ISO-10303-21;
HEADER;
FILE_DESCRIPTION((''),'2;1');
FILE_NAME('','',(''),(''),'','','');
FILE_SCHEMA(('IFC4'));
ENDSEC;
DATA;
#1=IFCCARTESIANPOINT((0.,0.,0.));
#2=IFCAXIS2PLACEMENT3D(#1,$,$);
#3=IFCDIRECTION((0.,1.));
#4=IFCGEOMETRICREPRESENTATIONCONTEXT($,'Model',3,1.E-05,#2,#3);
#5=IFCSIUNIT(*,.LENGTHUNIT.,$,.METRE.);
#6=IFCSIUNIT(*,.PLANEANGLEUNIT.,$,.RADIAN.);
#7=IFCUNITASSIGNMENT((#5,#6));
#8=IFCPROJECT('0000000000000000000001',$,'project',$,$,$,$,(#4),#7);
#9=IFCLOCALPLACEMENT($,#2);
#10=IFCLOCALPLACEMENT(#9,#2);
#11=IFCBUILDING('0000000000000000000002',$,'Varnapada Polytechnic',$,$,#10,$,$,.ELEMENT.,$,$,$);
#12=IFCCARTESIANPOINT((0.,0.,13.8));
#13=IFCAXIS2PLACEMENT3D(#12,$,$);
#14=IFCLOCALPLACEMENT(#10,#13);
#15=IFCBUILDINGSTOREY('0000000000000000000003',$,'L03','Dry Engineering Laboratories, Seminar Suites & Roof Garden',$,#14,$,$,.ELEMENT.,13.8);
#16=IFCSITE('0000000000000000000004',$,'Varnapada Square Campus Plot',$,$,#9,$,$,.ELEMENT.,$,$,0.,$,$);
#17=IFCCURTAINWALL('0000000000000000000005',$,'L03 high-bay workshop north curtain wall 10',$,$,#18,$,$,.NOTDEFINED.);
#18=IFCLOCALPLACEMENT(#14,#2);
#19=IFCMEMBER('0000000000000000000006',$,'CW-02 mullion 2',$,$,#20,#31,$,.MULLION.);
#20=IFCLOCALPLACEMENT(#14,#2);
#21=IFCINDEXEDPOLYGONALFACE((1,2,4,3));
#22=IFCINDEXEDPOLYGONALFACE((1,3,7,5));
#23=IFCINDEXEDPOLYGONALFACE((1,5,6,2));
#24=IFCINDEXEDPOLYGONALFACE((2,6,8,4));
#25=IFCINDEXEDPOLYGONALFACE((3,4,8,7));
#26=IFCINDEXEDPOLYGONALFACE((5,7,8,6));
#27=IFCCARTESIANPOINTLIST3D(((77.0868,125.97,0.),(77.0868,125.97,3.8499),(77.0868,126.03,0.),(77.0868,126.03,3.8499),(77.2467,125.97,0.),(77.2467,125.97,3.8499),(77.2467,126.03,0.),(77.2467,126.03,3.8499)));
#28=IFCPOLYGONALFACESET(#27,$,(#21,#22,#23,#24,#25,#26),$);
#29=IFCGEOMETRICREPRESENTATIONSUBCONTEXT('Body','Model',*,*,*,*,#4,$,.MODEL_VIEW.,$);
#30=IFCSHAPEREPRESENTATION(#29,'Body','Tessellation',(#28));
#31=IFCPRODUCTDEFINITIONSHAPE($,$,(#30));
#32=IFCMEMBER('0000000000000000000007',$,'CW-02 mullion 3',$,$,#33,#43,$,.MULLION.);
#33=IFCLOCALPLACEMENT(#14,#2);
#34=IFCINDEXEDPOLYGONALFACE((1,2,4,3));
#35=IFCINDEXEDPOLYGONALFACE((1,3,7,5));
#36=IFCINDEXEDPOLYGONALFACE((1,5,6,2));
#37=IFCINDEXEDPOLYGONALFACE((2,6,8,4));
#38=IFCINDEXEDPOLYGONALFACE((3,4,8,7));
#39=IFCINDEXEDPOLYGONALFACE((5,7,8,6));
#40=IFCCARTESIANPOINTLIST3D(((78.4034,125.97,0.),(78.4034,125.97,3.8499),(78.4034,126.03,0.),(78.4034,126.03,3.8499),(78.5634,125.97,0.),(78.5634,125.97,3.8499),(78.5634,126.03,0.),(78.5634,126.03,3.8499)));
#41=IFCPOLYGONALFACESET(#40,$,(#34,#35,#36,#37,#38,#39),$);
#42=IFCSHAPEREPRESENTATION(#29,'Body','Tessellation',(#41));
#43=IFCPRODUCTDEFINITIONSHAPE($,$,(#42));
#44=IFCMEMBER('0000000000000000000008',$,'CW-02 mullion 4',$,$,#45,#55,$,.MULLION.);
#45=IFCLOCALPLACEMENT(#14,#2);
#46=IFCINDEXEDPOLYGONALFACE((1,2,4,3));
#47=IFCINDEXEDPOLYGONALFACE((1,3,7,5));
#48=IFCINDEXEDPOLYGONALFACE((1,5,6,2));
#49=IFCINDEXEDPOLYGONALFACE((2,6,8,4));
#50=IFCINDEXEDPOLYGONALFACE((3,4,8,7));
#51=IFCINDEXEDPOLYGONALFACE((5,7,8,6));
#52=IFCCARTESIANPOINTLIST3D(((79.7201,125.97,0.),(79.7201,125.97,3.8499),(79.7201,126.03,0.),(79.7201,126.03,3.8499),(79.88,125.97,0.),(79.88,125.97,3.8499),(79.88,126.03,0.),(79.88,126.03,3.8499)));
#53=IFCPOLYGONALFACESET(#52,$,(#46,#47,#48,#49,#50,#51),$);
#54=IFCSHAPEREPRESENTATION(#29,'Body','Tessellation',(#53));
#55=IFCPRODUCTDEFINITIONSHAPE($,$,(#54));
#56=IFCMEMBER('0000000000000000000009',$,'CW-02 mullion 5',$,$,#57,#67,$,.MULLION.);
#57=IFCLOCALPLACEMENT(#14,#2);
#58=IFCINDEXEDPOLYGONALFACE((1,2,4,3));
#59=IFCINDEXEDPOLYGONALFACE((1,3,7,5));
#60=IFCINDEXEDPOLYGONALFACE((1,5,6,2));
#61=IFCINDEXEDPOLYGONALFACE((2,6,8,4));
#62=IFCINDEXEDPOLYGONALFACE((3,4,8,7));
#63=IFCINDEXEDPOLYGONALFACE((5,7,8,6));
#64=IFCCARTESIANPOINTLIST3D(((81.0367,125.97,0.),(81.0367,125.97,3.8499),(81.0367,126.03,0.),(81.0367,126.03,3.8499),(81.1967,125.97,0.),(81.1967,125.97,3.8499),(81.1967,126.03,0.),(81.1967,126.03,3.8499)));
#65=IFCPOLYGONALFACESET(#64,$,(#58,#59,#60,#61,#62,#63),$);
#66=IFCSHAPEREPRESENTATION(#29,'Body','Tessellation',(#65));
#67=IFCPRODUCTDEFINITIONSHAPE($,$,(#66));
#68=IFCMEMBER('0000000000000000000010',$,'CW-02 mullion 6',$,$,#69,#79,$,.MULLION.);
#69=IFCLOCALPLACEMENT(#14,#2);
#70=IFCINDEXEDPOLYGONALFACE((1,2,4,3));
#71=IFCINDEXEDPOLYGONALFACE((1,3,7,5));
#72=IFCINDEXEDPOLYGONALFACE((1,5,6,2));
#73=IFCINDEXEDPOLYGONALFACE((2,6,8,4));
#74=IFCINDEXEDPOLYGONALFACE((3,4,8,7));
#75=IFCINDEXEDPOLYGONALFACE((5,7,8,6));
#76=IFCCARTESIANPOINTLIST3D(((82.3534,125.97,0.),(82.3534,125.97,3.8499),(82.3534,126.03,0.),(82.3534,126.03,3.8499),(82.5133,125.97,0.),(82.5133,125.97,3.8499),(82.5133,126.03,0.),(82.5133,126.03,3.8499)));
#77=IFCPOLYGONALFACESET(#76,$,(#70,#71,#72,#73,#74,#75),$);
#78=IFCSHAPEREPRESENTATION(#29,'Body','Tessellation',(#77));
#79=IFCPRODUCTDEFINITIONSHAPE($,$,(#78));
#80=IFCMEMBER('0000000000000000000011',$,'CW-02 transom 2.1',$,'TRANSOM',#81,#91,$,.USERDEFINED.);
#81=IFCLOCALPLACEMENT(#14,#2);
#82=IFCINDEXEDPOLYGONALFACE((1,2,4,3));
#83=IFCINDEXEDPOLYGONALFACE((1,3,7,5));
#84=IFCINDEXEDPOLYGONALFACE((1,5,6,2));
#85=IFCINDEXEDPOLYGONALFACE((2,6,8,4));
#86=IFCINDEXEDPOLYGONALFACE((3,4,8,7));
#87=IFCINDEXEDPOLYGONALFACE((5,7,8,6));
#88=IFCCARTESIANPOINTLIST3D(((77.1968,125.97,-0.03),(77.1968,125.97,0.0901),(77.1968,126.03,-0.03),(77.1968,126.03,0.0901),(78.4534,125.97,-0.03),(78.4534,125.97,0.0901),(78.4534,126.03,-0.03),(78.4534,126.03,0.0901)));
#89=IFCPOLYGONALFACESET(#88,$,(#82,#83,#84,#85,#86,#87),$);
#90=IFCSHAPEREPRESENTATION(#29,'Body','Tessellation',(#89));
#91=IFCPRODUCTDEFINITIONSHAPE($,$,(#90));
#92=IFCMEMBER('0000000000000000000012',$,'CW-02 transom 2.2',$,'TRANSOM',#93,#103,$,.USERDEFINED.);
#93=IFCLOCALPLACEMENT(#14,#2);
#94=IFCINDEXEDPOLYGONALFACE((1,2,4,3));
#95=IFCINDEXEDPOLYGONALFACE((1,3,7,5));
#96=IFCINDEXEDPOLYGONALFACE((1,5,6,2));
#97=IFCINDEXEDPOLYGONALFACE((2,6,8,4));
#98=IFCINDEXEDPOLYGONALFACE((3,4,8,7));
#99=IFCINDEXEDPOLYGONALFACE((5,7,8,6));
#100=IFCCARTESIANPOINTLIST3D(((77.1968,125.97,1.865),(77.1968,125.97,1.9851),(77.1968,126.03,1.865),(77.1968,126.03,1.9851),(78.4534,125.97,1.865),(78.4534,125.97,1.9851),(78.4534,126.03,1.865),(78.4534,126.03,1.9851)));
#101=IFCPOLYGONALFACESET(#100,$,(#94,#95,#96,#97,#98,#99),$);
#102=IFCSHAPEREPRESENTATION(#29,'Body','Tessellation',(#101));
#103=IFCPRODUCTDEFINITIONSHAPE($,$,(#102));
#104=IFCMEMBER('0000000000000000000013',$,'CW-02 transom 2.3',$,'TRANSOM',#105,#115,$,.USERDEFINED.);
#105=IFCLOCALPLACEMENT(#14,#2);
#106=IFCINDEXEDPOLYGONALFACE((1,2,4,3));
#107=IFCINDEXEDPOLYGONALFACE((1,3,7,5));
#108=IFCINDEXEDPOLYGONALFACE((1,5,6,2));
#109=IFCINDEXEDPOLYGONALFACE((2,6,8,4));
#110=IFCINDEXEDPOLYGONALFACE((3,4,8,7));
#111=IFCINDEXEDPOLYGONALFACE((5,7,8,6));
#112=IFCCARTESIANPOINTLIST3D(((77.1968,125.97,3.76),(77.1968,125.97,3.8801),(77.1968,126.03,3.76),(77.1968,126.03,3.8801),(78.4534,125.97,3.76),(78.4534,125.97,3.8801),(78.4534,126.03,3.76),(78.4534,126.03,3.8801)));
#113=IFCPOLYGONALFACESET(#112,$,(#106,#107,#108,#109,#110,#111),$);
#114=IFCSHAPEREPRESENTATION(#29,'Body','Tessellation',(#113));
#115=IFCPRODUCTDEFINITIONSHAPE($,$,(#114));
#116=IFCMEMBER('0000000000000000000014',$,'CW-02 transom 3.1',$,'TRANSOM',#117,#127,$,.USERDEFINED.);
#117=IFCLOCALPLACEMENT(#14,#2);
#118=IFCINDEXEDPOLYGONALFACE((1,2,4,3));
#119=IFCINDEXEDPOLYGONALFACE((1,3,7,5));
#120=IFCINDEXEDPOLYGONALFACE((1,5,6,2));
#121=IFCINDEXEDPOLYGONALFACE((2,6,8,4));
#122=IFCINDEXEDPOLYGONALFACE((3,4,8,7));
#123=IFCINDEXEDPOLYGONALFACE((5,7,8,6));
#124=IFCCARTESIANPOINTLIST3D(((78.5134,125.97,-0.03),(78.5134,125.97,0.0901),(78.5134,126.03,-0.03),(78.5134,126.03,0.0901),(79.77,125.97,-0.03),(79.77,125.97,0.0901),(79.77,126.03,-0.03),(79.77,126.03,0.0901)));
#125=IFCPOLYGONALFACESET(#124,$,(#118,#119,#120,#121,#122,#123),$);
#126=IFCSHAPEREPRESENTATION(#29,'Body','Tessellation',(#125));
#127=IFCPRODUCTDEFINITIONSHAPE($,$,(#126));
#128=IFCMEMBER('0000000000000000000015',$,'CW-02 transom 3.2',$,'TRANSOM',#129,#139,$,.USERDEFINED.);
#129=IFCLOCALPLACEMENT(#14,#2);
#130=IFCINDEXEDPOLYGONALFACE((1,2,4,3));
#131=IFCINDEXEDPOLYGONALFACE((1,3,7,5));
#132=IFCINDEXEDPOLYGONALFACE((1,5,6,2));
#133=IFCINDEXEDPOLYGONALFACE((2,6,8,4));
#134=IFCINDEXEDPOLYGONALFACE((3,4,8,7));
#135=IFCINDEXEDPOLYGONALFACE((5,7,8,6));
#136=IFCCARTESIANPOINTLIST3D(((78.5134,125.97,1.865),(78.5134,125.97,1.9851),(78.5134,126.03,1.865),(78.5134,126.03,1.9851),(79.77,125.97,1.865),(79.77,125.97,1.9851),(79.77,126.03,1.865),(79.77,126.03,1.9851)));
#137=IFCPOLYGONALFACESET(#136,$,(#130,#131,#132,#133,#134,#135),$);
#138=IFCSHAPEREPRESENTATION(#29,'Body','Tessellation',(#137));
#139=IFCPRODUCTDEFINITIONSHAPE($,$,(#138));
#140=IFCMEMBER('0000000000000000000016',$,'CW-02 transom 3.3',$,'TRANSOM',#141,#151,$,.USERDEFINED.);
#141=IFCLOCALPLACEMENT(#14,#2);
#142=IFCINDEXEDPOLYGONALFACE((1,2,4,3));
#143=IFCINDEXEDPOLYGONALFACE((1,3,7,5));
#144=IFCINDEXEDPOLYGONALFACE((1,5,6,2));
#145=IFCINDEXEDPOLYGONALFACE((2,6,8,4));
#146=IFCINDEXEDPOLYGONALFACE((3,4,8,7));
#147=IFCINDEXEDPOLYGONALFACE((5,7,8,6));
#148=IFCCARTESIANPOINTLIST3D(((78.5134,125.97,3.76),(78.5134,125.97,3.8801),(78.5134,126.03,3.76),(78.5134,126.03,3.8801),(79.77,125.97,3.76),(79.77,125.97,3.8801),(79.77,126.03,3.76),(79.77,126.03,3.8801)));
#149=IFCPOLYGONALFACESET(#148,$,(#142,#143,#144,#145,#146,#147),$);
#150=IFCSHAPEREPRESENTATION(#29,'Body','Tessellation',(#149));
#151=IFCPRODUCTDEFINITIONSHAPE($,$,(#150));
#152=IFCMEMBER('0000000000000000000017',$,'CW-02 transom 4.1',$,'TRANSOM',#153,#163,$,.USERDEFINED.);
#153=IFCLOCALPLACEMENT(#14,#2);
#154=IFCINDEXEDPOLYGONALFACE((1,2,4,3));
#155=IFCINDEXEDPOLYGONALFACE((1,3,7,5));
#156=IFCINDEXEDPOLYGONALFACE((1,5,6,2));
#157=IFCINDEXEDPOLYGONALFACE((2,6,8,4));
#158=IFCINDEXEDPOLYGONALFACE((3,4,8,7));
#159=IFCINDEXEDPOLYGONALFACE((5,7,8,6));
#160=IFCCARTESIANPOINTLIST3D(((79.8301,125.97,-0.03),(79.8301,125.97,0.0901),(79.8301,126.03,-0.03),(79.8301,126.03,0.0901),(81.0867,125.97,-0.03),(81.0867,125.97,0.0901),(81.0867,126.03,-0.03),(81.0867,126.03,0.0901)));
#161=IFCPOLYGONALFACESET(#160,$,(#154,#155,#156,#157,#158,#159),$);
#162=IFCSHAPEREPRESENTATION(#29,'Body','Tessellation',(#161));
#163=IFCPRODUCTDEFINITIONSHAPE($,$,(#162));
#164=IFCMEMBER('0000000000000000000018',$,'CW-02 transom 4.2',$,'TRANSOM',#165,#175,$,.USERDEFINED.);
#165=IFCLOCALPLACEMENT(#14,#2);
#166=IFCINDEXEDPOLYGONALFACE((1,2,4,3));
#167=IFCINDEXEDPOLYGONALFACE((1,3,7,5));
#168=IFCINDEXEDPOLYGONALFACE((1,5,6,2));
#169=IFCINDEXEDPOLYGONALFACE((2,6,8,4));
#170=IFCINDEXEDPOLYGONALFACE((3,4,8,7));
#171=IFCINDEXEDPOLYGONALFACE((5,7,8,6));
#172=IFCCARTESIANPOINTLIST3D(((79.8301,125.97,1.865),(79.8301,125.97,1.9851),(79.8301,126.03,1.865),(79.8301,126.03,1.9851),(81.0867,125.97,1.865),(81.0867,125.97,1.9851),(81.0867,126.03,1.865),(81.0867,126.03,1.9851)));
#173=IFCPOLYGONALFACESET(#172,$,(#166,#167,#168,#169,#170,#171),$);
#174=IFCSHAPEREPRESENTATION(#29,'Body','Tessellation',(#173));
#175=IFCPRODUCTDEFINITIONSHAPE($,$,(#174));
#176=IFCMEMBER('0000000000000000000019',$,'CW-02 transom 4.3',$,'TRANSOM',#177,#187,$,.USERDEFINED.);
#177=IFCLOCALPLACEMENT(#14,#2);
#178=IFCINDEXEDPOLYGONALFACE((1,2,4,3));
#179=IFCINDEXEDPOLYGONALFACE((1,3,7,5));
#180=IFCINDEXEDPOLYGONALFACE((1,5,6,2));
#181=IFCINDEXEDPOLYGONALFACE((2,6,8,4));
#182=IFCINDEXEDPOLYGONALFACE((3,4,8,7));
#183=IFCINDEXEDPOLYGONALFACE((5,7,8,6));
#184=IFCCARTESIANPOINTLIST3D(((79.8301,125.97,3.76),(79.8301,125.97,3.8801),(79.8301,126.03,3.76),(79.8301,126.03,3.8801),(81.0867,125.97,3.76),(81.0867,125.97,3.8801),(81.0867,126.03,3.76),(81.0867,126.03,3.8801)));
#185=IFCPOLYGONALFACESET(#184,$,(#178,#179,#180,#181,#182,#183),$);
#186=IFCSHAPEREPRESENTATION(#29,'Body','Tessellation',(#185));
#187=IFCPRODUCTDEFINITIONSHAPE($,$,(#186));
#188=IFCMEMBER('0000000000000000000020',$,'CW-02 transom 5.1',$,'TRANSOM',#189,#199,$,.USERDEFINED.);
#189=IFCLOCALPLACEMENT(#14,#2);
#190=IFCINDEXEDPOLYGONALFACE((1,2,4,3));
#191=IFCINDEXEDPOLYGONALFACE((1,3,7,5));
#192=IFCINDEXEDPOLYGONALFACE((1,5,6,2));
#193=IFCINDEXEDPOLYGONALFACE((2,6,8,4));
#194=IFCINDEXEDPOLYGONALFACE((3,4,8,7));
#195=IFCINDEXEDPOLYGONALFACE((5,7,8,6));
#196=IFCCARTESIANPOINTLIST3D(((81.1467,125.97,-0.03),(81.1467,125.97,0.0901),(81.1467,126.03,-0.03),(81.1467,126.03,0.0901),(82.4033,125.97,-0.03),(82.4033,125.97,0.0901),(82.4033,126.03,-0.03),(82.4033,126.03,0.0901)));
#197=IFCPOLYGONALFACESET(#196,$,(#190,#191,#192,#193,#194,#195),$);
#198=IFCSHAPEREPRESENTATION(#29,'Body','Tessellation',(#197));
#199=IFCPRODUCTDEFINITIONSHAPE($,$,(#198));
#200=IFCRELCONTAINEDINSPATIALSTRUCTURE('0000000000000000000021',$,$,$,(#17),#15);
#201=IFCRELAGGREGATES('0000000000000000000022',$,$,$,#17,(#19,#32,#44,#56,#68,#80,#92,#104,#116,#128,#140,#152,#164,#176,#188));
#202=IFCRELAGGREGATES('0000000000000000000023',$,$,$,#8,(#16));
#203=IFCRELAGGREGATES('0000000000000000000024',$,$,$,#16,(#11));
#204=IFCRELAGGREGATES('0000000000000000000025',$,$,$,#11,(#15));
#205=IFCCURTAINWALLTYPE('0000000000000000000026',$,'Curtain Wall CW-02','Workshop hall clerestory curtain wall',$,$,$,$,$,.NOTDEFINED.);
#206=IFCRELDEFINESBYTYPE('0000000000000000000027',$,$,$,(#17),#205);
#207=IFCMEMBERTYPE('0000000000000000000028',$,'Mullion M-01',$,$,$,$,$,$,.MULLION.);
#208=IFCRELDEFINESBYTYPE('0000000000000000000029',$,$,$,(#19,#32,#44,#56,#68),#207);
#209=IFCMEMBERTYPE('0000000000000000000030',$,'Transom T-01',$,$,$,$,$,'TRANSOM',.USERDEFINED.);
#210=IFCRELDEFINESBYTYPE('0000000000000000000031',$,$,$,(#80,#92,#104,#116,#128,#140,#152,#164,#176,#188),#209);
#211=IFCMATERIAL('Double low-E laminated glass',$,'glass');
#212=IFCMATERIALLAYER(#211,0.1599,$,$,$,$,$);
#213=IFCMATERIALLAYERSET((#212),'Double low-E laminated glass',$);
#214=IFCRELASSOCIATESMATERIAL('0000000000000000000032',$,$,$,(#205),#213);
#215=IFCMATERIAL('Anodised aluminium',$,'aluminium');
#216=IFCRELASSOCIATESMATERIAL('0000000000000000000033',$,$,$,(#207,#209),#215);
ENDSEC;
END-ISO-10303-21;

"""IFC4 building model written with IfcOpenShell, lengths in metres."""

from ifc_helpers import new_model, si_unit, direction, frame, origin, origin_2d, place, context, subcontext, project, spatial, rectangle, extrude, material, layer, layer_set, material_profile, profile_set, type_object, element, aggregate, save


model = new_model("IFC4")

# Units and contexts
model_context = context("Model", 3, precision=1e-05, world=origin(), true_north=direction((0.0, 1.0)))
body_context = subcontext(model_context, "Body", "Model", "MODEL_VIEW")
ifc_project = project(units=[si_unit("LENGTHUNIT", "METRE"), si_unit("PLANEANGLEUNIT", "RADIAN")], contexts=[model_context])

# Site, building, storey
site_placement = place(None, origin())
site = spatial("IfcSite", under=ifc_project, at=site_placement, Name="Varnapada Square Campus Plot", CompositionType="ELEMENT", RefElevation=0.0)
building_placement = place(site_placement, origin())
building = spatial("IfcBuilding", under=site, at=building_placement, Name="Varnapada Polytechnic", CompositionType="ELEMENT")
storey_placement = place(building_placement, frame((0.0, 0.0, 13.8)))
storey = spatial("IfcBuildingStorey", under=building, at=storey_placement, Name="L03", Description="Dry Engineering Laboratories, Seminar Suites & Roof Garden", CompositionType="ELEMENT", Elevation=13.8)

# Curtain wall, members
ifc_material_1 = material(Name="Double low-E laminated glass", Category="glass")
ifc_layer_1 = layer(ifc_material_1, 0.1599)
ifc_layer_set_1 = layer_set([ifc_layer_1], Name="Double low-E laminated glass")
curtain_wall_type = type_object("IfcCurtainWallType", Name="Curtain Wall CW-02", Description="Workshop hall clerestory curtain wall", PredefinedType="NOTDEFINED", material=ifc_layer_set_1)
curtain_wall_placement = place(storey_placement, origin())
curtain_wall = element("IfcCurtainWall", 1, at=curtain_wall_placement, inside=storey, type_object=curtain_wall_type, Name="L03 high-bay workshop north curtain wall 10", PredefinedType="NOTDEFINED")
ifc_material_2 = material(Name="Anodised aluminium", Category="aluminium")
ifc_material_profile_1 = material_profile(ifc_material_2, rectangle(XDim=0.0601, YDim=0.1599, at=origin_2d()), Name="ALU M60x160")
ifc_profile_set_1 = profile_set([ifc_material_profile_1], Name="Anodised aluminium")
member_type_1 = type_object("IfcMemberType", Name="Mullion M-01", PredefinedType="MULLION", material=ifc_profile_set_1)
member_1_placement = place(storey_placement, frame((77.1667, 126.0, 0.0), z_axis=(0.0, 0.0, 1.0), x_axis=(0.0, 1.0, 0.0)))
member_1 = element("IfcMember", 2, at=member_1_placement, type_object=member_type_1, Name="CW-02 mullion 2", PredefinedType="MULLION", context=body_context, shape_type="SweptSolid", body=[
    extrude(rectangle(XDim=0.0601, YDim=0.1599, at=origin_2d()), origin(), (0.0, 0.0, 1.0), 3.8499),
])
member_2_placement = place(storey_placement, frame((78.4834, 126.0, 0.0), z_axis=(0.0, 0.0, 1.0), x_axis=(0.0, 1.0, 0.0)))
member_2 = element("IfcMember", 3, at=member_2_placement, type_object=member_type_1, Name="CW-02 mullion 3", PredefinedType="MULLION", context=body_context, shape_type="SweptSolid", body=[
    extrude(rectangle(XDim=0.0601, YDim=0.1599, at=origin_2d()), origin(), (0.0, 0.0, 1.0), 3.8499),
])
member_3_placement = place(storey_placement, frame((79.8, 126.0, 0.0), z_axis=(0.0, 0.0, 1.0), x_axis=(0.0, 1.0, 0.0)))
member_3 = element("IfcMember", 4, at=member_3_placement, type_object=member_type_1, Name="CW-02 mullion 4", PredefinedType="MULLION", context=body_context, shape_type="SweptSolid", body=[
    extrude(rectangle(XDim=0.0601, YDim=0.1599, at=origin_2d()), origin(), (0.0, 0.0, 1.0), 3.8499),
])
member_4_placement = place(storey_placement, frame((81.1167, 126.0, 0.0), z_axis=(0.0, 0.0, 1.0), x_axis=(0.0, 1.0, 0.0)))
member_4 = element("IfcMember", 5, at=member_4_placement, type_object=member_type_1, Name="CW-02 mullion 5", PredefinedType="MULLION", context=body_context, shape_type="SweptSolid", body=[
    extrude(rectangle(XDim=0.0601, YDim=0.1599, at=origin_2d()), origin(), (0.0, 0.0, 1.0), 3.8499),
])
member_5_placement = place(storey_placement, frame((82.4333, 126.0, 0.0), z_axis=(0.0, 0.0, 1.0), x_axis=(0.0, 1.0, 0.0)))
member_5 = element("IfcMember", 6, at=member_5_placement, type_object=member_type_1, Name="CW-02 mullion 6", PredefinedType="MULLION", context=body_context, shape_type="SweptSolid", body=[
    extrude(rectangle(XDim=0.0601, YDim=0.1599, at=origin_2d()), origin(), (0.0, 0.0, 1.0), 3.8499),
])
ifc_material_profile_2 = material_profile(ifc_material_2, rectangle(XDim=0.0601, YDim=0.1201, at=origin_2d()), Name="ALU T60x120")
ifc_profile_set_2 = profile_set([ifc_material_profile_2], Name="Anodised aluminium")
member_type_2 = type_object("IfcMemberType", Name="Transom T-01", ElementType="TRANSOM", PredefinedType="USERDEFINED", material=ifc_profile_set_2)
member_6_placement = place(storey_placement, frame((77.1968, 126.0, 0.03), z_axis=(1.0, 0.0, 0.0), x_axis=(0.0, 1.0, 0.0)))
member_6 = element("IfcMember", 7, at=member_6_placement, type_object=member_type_2, Name="CW-02 transom 2.1", ObjectType="TRANSOM", PredefinedType="USERDEFINED", context=body_context, shape_type="SweptSolid", body=[
    extrude(rectangle(XDim=0.0601, YDim=0.1201, at=origin_2d()), origin(), (0.0, 0.0, 1.0), 1.2566),
])
member_7_placement = place(storey_placement, frame((77.1968, 126.0, 1.925), z_axis=(1.0, 0.0, 0.0), x_axis=(0.0, 1.0, 0.0)))
member_7 = element("IfcMember", 8, at=member_7_placement, type_object=member_type_2, Name="CW-02 transom 2.2", ObjectType="TRANSOM", PredefinedType="USERDEFINED", context=body_context, shape_type="SweptSolid", body=[
    extrude(rectangle(XDim=0.0601, YDim=0.1201, at=origin_2d()), origin(), (0.0, 0.0, 1.0), 1.2566),
])
member_8_placement = place(storey_placement, frame((77.1968, 126.0, 3.8201), z_axis=(1.0, 0.0, 0.0), x_axis=(0.0, 1.0, 0.0)))
member_8 = element("IfcMember", 9, at=member_8_placement, type_object=member_type_2, Name="CW-02 transom 2.3", ObjectType="TRANSOM", PredefinedType="USERDEFINED", context=body_context, shape_type="SweptSolid", body=[
    extrude(rectangle(XDim=0.0601, YDim=0.1201, at=origin_2d()), origin(), (0.0, 0.0, 1.0), 1.2566),
])
member_9_placement = place(storey_placement, frame((78.5134, 126.0, 0.03), z_axis=(1.0, 0.0, 0.0), x_axis=(0.0, 1.0, 0.0)))
member_9 = element("IfcMember", 10, at=member_9_placement, type_object=member_type_2, Name="CW-02 transom 3.1", ObjectType="TRANSOM", PredefinedType="USERDEFINED", context=body_context, shape_type="SweptSolid", body=[
    extrude(rectangle(XDim=0.0601, YDim=0.1201, at=origin_2d()), origin(), (0.0, 0.0, 1.0), 1.2566),
])
member_10_placement = place(storey_placement, frame((78.5134, 126.0, 1.925), z_axis=(1.0, 0.0, 0.0), x_axis=(0.0, 1.0, 0.0)))
member_10 = element("IfcMember", 11, at=member_10_placement, type_object=member_type_2, Name="CW-02 transom 3.2", ObjectType="TRANSOM", PredefinedType="USERDEFINED", context=body_context, shape_type="SweptSolid", body=[
    extrude(rectangle(XDim=0.0601, YDim=0.1201, at=origin_2d()), origin(), (0.0, 0.0, 1.0), 1.2566),
])
member_11_placement = place(storey_placement, frame((78.5134, 126.0, 3.8201), z_axis=(1.0, 0.0, 0.0), x_axis=(0.0, 1.0, 0.0)))
member_11 = element("IfcMember", 12, at=member_11_placement, type_object=member_type_2, Name="CW-02 transom 3.3", ObjectType="TRANSOM", PredefinedType="USERDEFINED", context=body_context, shape_type="SweptSolid", body=[
    extrude(rectangle(XDim=0.0601, YDim=0.1201, at=origin_2d()), origin(), (0.0, 0.0, 1.0), 1.2566),
])
member_12_placement = place(storey_placement, frame((79.8301, 126.0, 0.03), z_axis=(1.0, 0.0, 0.0), x_axis=(0.0, 1.0, 0.0)))
member_12 = element("IfcMember", 13, at=member_12_placement, type_object=member_type_2, Name="CW-02 transom 4.1", ObjectType="TRANSOM", PredefinedType="USERDEFINED", context=body_context, shape_type="SweptSolid", body=[
    extrude(rectangle(XDim=0.0601, YDim=0.1201, at=origin_2d()), origin(), (0.0, 0.0, 1.0), 1.2566),
])
member_13_placement = place(storey_placement, frame((79.8301, 126.0, 1.925), z_axis=(1.0, 0.0, 0.0), x_axis=(0.0, 1.0, 0.0)))
member_13 = element("IfcMember", 14, at=member_13_placement, type_object=member_type_2, Name="CW-02 transom 4.2", ObjectType="TRANSOM", PredefinedType="USERDEFINED", context=body_context, shape_type="SweptSolid", body=[
    extrude(rectangle(XDim=0.0601, YDim=0.1201, at=origin_2d()), origin(), (0.0, 0.0, 1.0), 1.2566),
])
member_14_placement = place(storey_placement, frame((79.8301, 126.0, 3.8201), z_axis=(1.0, 0.0, 0.0), x_axis=(0.0, 1.0, 0.0)))
member_14 = element("IfcMember", 15, at=member_14_placement, type_object=member_type_2, Name="CW-02 transom 4.3", ObjectType="TRANSOM", PredefinedType="USERDEFINED", context=body_context, shape_type="SweptSolid", body=[
    extrude(rectangle(XDim=0.0601, YDim=0.1201, at=origin_2d()), origin(), (0.0, 0.0, 1.0), 1.2566),
])
member_15_placement = place(storey_placement, frame((81.1467, 126.0, 0.03), z_axis=(1.0, 0.0, 0.0), x_axis=(0.0, 1.0, 0.0)))
member_15 = element("IfcMember", 16, at=member_15_placement, type_object=member_type_2, Name="CW-02 transom 5.1", ObjectType="TRANSOM", PredefinedType="USERDEFINED", context=body_context, shape_type="SweptSolid", body=[
    extrude(rectangle(XDim=0.0601, YDim=0.1201, at=origin_2d()), origin(), (0.0, 0.0, 1.0), 1.2566),
])
aggregate(curtain_wall, [member_1, member_2, member_3, member_4, member_5, member_6, member_7, member_8, member_9, member_10, member_11, member_12, member_13, member_14, member_15])

save(model, "model.ifc")
